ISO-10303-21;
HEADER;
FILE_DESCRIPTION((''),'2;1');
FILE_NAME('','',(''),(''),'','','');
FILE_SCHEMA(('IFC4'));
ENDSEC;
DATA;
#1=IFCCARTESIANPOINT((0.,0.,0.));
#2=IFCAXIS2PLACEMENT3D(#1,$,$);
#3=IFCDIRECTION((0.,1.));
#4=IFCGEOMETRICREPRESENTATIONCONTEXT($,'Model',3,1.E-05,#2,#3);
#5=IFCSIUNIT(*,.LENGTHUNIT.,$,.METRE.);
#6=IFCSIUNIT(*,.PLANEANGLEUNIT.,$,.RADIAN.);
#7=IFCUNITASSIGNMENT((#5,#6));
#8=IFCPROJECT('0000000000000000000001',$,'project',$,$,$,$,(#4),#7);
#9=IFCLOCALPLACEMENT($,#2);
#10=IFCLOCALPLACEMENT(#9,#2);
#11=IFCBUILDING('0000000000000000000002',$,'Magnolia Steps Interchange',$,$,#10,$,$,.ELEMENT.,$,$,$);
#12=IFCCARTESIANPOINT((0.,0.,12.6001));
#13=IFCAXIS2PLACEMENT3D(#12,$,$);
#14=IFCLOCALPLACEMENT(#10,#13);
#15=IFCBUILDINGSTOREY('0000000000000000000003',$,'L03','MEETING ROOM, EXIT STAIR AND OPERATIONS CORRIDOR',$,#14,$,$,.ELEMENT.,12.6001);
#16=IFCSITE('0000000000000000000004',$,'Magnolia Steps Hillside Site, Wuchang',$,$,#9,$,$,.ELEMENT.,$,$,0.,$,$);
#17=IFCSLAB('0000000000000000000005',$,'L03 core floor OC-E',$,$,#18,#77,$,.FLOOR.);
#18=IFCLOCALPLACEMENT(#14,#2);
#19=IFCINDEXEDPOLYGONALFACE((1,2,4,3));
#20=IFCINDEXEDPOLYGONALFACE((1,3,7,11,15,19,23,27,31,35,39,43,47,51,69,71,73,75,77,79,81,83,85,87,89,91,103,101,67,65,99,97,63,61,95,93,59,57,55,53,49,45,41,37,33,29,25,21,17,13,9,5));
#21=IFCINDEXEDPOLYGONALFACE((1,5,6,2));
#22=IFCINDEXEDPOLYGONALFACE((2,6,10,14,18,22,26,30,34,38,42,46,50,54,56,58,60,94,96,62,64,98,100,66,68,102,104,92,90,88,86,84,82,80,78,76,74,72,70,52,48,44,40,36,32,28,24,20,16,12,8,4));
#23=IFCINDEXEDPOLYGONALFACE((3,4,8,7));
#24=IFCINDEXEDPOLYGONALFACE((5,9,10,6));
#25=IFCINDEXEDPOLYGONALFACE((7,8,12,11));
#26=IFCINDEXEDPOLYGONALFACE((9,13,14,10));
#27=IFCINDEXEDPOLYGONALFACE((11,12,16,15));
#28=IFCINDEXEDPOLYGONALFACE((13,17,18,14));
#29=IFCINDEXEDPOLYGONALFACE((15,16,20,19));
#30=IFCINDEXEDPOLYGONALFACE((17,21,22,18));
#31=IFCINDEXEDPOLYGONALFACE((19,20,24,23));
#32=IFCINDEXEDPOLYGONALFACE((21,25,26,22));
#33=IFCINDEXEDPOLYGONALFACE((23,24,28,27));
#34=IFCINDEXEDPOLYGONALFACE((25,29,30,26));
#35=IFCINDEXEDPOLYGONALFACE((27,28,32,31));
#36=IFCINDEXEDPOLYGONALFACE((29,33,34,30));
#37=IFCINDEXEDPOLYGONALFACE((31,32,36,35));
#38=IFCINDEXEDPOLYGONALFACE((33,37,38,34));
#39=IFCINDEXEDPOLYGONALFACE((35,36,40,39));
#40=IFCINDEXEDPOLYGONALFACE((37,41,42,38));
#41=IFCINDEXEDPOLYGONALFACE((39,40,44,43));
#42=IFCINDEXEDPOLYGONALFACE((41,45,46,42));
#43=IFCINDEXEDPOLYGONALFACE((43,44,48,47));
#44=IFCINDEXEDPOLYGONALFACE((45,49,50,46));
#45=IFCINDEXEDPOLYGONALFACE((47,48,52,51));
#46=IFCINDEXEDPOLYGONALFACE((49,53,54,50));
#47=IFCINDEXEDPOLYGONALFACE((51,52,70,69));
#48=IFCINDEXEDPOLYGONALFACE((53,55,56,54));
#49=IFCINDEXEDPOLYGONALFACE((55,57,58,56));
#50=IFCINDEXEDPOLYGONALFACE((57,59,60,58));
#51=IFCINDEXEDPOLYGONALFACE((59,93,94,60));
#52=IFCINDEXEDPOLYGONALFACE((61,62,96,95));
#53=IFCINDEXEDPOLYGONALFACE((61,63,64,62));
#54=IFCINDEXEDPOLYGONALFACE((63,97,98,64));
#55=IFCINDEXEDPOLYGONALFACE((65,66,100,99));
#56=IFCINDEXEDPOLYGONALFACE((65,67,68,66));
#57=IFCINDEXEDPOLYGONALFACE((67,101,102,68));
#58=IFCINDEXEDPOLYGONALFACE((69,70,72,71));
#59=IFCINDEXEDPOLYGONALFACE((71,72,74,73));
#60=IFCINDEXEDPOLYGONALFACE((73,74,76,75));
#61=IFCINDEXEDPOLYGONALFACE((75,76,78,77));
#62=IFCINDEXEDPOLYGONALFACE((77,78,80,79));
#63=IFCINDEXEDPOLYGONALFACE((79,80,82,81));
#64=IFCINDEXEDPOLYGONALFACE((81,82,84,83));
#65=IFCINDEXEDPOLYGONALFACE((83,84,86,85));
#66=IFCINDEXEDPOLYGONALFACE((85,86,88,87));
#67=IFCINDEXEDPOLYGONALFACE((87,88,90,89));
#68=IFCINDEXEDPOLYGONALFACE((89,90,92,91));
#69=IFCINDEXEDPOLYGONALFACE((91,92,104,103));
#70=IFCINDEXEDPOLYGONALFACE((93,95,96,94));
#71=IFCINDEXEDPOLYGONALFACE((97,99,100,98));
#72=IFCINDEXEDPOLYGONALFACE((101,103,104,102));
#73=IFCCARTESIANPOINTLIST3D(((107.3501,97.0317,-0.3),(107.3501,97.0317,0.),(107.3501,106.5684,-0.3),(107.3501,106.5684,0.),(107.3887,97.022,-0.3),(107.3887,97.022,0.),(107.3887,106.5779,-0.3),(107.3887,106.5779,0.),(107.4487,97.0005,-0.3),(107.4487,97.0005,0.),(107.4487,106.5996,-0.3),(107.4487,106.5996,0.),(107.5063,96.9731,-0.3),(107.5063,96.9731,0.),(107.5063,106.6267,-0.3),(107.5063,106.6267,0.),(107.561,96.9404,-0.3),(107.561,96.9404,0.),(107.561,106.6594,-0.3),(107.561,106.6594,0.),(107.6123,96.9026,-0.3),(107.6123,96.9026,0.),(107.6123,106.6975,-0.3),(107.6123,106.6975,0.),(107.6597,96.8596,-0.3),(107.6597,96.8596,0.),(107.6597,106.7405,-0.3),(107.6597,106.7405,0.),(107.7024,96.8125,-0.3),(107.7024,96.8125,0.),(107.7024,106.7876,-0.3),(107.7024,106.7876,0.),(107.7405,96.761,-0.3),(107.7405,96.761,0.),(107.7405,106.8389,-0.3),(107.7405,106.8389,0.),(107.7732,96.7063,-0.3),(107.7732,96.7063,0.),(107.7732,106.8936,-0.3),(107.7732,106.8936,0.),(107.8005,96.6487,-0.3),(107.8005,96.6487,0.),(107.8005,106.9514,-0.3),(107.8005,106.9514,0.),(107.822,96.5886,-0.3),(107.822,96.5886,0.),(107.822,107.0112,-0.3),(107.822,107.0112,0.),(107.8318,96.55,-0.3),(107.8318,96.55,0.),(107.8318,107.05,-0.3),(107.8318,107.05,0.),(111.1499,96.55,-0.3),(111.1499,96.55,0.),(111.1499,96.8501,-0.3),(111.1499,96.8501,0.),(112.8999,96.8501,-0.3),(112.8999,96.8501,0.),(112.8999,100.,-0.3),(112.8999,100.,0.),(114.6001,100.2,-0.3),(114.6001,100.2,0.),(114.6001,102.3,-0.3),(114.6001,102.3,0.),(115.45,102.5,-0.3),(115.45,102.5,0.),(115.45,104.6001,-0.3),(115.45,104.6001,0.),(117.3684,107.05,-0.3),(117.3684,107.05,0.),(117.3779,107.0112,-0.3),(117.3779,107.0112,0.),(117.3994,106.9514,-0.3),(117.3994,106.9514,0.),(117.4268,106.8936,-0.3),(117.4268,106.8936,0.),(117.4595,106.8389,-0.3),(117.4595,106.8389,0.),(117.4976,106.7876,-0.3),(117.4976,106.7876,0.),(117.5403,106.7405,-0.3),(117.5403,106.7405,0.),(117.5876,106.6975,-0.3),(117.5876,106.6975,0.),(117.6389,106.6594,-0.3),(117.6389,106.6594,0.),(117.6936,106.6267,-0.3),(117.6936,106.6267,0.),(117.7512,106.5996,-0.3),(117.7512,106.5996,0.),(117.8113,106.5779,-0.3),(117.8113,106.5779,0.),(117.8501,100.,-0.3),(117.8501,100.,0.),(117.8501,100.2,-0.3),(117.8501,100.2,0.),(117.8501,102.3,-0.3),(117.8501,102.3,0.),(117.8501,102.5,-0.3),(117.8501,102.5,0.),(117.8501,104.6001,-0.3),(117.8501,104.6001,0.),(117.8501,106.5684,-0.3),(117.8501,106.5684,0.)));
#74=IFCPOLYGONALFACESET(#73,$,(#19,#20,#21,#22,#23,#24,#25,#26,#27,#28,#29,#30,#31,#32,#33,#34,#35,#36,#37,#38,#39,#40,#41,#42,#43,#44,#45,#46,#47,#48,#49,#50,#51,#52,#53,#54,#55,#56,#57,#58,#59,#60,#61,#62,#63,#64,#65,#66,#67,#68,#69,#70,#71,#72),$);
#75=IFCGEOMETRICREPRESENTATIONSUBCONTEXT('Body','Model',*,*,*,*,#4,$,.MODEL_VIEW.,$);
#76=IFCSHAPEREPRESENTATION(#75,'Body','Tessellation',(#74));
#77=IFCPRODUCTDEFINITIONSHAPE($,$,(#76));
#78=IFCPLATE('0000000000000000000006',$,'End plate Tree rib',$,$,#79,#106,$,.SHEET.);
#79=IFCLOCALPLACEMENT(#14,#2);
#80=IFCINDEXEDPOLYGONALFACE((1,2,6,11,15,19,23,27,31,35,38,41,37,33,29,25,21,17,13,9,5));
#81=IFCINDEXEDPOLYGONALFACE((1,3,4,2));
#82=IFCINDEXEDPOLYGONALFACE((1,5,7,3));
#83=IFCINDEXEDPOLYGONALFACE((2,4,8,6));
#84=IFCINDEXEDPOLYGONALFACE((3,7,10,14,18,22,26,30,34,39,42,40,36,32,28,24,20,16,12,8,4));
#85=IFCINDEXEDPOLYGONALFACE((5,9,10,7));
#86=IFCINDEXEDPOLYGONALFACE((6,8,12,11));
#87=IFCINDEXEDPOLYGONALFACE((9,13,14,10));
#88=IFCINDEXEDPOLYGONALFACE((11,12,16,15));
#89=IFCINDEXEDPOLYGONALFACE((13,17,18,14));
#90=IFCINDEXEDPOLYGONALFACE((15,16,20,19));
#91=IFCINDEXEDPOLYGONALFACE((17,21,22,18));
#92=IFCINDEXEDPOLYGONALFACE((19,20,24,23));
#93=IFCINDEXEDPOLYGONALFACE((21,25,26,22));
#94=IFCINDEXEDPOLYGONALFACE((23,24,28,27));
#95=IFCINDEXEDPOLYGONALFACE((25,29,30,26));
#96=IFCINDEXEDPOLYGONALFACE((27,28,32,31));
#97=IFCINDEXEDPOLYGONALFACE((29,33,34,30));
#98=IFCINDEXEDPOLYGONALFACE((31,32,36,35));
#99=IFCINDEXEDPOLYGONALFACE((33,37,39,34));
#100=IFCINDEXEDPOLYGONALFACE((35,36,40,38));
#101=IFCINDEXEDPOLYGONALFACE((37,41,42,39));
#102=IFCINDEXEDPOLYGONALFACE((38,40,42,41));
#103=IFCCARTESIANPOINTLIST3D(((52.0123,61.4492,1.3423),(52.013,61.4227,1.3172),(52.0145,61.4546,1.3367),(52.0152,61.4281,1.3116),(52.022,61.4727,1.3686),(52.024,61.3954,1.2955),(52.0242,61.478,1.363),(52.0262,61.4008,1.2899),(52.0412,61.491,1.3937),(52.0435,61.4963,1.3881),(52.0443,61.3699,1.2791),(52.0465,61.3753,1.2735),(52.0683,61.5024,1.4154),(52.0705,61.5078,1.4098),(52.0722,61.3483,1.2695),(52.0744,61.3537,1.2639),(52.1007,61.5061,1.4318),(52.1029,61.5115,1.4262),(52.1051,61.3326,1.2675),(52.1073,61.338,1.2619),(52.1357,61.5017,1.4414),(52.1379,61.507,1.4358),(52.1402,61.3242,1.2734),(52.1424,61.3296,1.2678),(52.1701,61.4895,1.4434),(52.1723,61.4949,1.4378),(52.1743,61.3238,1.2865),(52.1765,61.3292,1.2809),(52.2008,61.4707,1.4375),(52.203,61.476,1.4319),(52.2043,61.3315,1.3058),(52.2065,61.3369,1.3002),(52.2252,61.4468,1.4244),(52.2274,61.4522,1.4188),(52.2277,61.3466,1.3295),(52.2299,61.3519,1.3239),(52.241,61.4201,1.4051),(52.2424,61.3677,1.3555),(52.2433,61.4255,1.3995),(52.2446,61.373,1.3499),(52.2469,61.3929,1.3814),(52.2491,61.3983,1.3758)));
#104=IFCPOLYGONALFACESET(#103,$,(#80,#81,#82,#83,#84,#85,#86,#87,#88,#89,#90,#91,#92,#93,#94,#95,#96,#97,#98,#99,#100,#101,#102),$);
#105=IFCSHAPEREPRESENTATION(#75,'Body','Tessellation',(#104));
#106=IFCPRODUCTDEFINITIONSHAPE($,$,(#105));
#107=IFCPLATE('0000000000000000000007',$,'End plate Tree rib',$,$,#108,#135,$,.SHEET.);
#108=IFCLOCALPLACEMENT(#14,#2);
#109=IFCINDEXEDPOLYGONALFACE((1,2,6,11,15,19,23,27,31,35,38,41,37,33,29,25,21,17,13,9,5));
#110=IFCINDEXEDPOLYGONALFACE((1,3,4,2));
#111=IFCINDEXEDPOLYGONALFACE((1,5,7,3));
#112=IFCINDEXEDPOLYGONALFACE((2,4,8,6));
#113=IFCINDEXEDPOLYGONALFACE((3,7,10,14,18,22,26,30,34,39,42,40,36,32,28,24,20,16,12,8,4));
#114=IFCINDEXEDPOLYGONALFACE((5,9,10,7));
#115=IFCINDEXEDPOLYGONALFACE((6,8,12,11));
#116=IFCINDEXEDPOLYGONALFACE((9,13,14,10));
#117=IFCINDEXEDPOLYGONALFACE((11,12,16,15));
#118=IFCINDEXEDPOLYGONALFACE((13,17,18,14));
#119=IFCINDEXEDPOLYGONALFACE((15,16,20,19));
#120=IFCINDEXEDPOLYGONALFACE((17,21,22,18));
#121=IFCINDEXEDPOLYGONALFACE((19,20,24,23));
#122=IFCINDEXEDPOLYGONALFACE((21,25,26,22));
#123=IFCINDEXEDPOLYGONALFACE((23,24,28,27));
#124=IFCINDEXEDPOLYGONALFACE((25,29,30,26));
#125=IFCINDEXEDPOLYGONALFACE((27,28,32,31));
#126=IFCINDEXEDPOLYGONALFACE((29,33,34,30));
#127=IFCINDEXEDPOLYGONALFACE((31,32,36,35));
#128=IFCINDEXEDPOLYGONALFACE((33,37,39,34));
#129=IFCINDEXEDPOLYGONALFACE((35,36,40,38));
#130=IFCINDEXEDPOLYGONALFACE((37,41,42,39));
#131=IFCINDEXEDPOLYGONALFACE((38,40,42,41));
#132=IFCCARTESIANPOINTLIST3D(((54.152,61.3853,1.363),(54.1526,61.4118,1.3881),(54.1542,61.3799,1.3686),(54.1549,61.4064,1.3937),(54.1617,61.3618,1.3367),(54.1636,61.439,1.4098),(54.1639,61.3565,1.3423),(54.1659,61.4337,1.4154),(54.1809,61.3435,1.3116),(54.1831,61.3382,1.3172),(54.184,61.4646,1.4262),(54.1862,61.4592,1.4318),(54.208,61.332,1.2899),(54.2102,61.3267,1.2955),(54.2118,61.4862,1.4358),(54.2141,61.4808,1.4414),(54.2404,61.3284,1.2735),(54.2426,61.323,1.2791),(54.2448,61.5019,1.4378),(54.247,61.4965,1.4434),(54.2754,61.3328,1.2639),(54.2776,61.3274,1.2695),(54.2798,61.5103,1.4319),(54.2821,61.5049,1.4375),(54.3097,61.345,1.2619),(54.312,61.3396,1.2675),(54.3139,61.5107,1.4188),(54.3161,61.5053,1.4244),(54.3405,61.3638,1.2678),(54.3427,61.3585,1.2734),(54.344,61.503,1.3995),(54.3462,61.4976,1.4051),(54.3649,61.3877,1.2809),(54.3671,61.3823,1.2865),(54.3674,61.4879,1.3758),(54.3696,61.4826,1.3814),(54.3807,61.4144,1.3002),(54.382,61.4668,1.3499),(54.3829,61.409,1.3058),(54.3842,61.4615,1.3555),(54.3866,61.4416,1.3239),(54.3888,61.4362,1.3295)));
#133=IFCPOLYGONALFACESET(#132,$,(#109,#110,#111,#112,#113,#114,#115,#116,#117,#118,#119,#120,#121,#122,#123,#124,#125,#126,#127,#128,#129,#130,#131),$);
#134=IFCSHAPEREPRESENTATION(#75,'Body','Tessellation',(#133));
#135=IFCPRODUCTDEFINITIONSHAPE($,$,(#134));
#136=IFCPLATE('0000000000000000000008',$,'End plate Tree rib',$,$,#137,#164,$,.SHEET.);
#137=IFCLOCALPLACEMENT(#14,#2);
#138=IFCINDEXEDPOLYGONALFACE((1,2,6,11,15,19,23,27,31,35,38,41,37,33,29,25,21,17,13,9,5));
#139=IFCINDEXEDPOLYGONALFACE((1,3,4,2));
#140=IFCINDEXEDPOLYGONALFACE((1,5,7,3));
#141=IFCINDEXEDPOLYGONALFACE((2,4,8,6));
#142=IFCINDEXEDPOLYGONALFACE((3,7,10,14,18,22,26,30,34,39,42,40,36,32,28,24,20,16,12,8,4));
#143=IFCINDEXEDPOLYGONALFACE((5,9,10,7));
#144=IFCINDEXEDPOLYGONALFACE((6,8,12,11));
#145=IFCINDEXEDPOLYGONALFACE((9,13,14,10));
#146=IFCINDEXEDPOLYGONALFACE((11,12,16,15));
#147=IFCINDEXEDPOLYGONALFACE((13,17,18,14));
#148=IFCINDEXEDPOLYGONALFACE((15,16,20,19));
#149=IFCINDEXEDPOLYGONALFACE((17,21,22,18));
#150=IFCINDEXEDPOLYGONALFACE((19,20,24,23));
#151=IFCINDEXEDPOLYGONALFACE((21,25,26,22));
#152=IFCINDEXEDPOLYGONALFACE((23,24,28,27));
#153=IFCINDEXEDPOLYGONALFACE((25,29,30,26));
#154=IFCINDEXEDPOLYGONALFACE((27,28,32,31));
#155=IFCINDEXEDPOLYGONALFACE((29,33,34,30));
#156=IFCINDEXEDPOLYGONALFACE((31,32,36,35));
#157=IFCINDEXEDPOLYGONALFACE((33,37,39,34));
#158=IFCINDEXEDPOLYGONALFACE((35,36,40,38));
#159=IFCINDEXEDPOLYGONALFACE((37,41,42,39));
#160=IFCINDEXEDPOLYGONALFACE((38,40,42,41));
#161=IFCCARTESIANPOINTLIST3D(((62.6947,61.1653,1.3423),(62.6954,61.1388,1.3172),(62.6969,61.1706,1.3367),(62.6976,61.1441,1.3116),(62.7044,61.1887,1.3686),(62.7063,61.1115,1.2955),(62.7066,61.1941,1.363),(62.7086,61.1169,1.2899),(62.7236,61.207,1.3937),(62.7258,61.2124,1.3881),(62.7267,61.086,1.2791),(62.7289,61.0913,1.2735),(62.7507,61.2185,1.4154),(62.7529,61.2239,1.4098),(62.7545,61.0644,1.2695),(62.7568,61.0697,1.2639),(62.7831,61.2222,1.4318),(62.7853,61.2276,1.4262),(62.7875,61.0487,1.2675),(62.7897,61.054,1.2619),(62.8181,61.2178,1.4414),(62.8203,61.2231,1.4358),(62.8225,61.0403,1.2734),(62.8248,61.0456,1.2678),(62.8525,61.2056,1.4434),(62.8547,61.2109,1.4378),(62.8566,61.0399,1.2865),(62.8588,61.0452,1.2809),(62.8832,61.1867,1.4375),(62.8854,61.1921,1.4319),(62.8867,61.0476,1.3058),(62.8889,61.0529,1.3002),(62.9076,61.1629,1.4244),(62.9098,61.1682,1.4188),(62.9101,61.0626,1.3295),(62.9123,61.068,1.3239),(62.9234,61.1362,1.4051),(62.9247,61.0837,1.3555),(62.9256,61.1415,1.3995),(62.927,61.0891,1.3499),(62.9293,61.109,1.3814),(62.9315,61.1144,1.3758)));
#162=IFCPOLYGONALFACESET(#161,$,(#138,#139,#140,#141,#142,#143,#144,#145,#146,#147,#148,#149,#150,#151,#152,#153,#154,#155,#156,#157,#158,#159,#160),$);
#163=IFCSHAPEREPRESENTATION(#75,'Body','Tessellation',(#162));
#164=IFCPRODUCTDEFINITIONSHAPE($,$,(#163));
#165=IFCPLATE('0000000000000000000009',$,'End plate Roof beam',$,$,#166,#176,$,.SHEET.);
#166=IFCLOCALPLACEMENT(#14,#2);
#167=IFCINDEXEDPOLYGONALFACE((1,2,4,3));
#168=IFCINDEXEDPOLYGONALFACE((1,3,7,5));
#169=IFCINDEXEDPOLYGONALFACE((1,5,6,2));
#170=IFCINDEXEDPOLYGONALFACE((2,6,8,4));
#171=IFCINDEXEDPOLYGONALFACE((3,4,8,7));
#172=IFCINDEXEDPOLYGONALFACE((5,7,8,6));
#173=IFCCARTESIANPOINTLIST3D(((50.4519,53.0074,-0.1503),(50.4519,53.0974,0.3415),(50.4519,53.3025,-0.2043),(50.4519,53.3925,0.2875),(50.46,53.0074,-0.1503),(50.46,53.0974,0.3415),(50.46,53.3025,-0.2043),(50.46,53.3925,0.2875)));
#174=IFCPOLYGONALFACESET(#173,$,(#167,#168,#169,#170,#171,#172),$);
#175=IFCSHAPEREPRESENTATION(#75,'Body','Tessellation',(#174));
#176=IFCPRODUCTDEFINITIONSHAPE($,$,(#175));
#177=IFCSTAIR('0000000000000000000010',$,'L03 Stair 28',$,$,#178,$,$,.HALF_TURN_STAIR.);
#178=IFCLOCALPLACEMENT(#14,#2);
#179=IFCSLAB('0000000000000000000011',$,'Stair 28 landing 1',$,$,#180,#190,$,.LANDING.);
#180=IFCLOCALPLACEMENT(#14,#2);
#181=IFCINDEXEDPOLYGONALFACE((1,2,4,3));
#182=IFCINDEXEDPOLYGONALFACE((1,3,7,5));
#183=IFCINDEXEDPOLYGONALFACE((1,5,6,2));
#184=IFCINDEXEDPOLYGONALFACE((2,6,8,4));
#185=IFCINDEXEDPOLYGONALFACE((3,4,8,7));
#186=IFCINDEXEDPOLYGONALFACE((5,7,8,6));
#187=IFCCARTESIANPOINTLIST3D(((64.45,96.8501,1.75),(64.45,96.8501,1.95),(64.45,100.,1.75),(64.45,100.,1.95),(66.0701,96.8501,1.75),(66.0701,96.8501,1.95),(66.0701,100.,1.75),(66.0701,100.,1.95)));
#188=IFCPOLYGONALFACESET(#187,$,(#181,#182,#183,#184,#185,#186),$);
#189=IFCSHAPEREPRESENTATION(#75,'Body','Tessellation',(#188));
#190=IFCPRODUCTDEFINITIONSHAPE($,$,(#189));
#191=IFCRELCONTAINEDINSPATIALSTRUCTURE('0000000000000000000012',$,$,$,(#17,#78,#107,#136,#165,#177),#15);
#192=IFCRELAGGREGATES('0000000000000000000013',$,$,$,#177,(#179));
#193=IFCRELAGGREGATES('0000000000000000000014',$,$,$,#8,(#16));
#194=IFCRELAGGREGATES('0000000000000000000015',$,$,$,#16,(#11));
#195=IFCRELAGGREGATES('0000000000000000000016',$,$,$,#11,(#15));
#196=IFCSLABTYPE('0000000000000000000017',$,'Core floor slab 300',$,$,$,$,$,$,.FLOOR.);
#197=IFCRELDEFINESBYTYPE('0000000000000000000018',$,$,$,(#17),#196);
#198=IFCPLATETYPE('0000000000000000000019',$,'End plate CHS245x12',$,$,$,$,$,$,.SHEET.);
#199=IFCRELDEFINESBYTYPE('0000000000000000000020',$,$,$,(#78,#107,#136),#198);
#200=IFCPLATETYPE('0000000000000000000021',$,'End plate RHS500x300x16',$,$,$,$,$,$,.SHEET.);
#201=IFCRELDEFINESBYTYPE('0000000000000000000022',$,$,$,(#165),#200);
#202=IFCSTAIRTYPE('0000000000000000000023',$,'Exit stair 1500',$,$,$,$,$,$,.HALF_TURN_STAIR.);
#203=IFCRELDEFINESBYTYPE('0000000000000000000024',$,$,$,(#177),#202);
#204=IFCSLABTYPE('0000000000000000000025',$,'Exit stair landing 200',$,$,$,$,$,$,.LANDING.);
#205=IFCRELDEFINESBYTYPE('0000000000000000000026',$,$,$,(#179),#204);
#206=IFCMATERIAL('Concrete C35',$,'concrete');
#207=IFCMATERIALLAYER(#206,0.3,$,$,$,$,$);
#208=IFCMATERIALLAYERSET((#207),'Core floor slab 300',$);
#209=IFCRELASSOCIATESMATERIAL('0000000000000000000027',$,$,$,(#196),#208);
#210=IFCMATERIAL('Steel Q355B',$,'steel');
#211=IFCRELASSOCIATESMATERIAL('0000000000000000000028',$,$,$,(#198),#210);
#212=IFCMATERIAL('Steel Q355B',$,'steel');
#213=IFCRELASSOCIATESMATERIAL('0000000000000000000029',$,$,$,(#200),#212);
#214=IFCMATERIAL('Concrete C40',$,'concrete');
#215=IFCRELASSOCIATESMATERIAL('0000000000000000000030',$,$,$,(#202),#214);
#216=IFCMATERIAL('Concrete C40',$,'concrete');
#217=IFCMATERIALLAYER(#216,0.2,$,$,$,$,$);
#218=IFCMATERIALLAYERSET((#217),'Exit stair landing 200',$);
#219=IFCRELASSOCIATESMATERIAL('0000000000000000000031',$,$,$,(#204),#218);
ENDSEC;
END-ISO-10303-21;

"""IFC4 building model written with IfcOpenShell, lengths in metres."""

from ifc_helpers import new_model, si_unit, direction, frame, origin, origin_2d, place, context, subcontext, project, spatial, polyline, rectangle, circle, outline, extrude, material, layer, layer_set, material_profile, profile_set, type_object, element, aggregate, save


model = new_model("IFC4")

# Units and contexts
model_context = context("Model", 3, precision=1e-05, world=origin(), true_north=direction((0.0, 1.0)))
body_context = subcontext(model_context, "Body", "Model", "MODEL_VIEW")
ifc_project = project(units=[si_unit("LENGTHUNIT", "METRE"), si_unit("PLANEANGLEUNIT", "RADIAN")], contexts=[model_context])

# Site, building, storey
site_placement = place(None, origin())
site = spatial("IfcSite", under=ifc_project, at=site_placement, Name="Magnolia Steps Hillside Site, Wuchang", CompositionType="ELEMENT", RefElevation=0.0)
building_placement = place(site_placement, origin())
building = spatial("IfcBuilding", under=site, at=building_placement, Name="Magnolia Steps Interchange", CompositionType="ELEMENT")
storey_placement = place(building_placement, frame((0.0, 0.0, 12.6001)))
storey = spatial("IfcBuildingStorey", under=building, at=storey_placement, Name="L03", Description="MEETING ROOM, EXIT STAIR AND OPERATIONS CORRIDOR", CompositionType="ELEMENT", Elevation=12.6001)

# Slab
ifc_material_1 = material(Name="Concrete C35", Category="concrete")
ifc_layer_1 = layer(ifc_material_1, 0.3)
ifc_layer_set_1 = layer_set([ifc_layer_1], Name="Core floor slab 300")
slab_type_1 = type_object("IfcSlabType", Name="Core floor slab 300", PredefinedType="FLOOR", material=ifc_layer_set_1)
slab_1_placement = place(storey_placement, frame((0.0, 0.0, -0.3)))
element("IfcSlab", 1, at=slab_1_placement, inside=storey, type_object=slab_type_1, Name="L03 core floor OC-E", PredefinedType="FLOOR", context=body_context, shape_type="SweptSolid", body=[
    extrude(outline(polyline([(107.3501, 106.5684), (107.3887, 106.5779), (107.4487, 106.5996), (107.5063, 106.6267), (107.561, 106.6594), (107.6123, 106.6975), (107.6597, 106.7405), (107.7024, 106.7876), (107.7405, 106.8389), (107.7732, 106.8936), (107.8005, 106.9514), (107.822, 107.0112), (107.8318, 107.05), (117.3684, 107.05), (117.3779, 107.0112), (117.3994, 106.9514), (117.4268, 106.8936), (117.4595, 106.8389), (117.4976, 106.7876), (117.5403, 106.7405), (117.5876, 106.6975), (117.6389, 106.6594), (117.6936, 106.6267), (117.7512, 106.5996), (117.8113, 106.5779), (117.8501, 106.5684), (117.8501, 104.6001), (115.45, 104.6001), (115.45, 102.5), (117.8501, 102.5), (117.8501, 102.3), (114.6001, 102.3), (114.6001, 100.2), (117.8501, 100.2), (117.8501, 100.0), (112.8999, 100.0), (112.8999, 96.8501), (111.1499, 96.8501), (111.1499, 96.55), (107.8318, 96.55), (107.822, 96.5886), (107.8005, 96.6487), (107.7732, 96.7063), (107.7405, 96.761), (107.7024, 96.8125), (107.6597, 96.8596), (107.6123, 96.9026), (107.561, 96.9404), (107.5063, 96.9731), (107.4487, 97.0005), (107.3887, 97.022), (107.3501, 97.0317), (107.3501, 106.5684)])), origin(), (0.0, 0.0, 1.0), 0.3),
])

# Plates
ifc_material_2 = material(Name="Steel Q355B", Category="steel")
ifc_material_profile_1 = material_profile(ifc_material_2, circle(Radius=0.1226, at=origin_2d()), Name="End plate CHS245x12")
ifc_profile_set_1 = profile_set([ifc_material_profile_1], Name="Steel Q355B")
plate_type_1 = type_object("IfcPlateType", Name="End plate CHS245x12", PredefinedType="SHEET", material=ifc_profile_set_1)
for number, where, z_axis, x_axis, name in (
    (2, (52.1313, 61.4199, 1.3499), (-0.275279, -0.664583, 0.694658), (0.92388, -0.382683, 0.0), "End plate Tree rib"),
    (3, (54.2688, 61.4199, 1.3499), (0.275279, -0.664583, 0.694658), (0.92388, 0.382683, 0.0), "End plate Tree rib"),
    (4, (62.8137, 61.136, 1.3499), (-0.275279, -0.664583, 0.694658), (0.92388, -0.382683, 0.0), "End plate Tree rib"),
):
    element("IfcPlate", number, at=place(storey_placement, frame(where, z_axis=z_axis, x_axis=x_axis)), inside=storey, type_object=plate_type_1, Name=name, PredefinedType="SHEET", context=body_context, shape_type="SweptSolid", body=[
        extrude(circle(Radius=0.1226, at=origin_2d()), origin(), (0.0, 0.0, 1.0), 0.0081),
    ])
ifc_material_3 = material(Name="Steel Q355B", Category="steel")
ifc_material_profile_2 = material_profile(ifc_material_3, rectangle(XDim=0.3, YDim=0.5, at=origin_2d()), Name="End plate RHS500x300x16")
ifc_profile_set_2 = profile_set([ifc_material_profile_2], Name="Steel Q355B")
plate_type_2 = type_object("IfcPlateType", Name="End plate RHS500x300x16", PredefinedType="SHEET", material=ifc_profile_set_2)
plate_1_placement = place(storey_placement, frame((50.46, 53.2, 0.0686), z_axis=(-1.0, 0.0, 0.0), x_axis=(0.0, -0.983677, 0.179941)))
element("IfcPlate", 5, at=plate_1_placement, inside=storey, type_object=plate_type_2, Name="End plate Roof beam", PredefinedType="SHEET", context=body_context, shape_type="SweptSolid", body=[
    extrude(rectangle(XDim=0.3, YDim=0.5, at=origin_2d()), origin(), (0.0, 0.0, 1.0), 0.0081),
])

# Stair, slab
ifc_material_4 = material(Name="Concrete C40", Category="concrete")
stair_type = type_object("IfcStairType", Name="Exit stair 1500", PredefinedType="HALF_TURN_STAIR", material=ifc_material_4)
stair_1_placement = place(storey_placement, origin())
stair_1 = element("IfcStair", 6, at=stair_1_placement, inside=storey, type_object=stair_type, Name="L03 Stair 28", PredefinedType="HALF_TURN_STAIR")
ifc_material_5 = material(Name="Concrete C40", Category="concrete")
ifc_layer_2 = layer(ifc_material_5, 0.2)
ifc_layer_set_2 = layer_set([ifc_layer_2], Name="Exit stair landing 200")
slab_type_2 = type_object("IfcSlabType", Name="Exit stair landing 200", PredefinedType="LANDING", material=ifc_layer_set_2)
slab_2_placement = place(storey_placement, frame((0.0, 0.0, 1.75)))
slab_2 = element("IfcSlab", 7, at=slab_2_placement, type_object=slab_type_2, Name="Stair 28 landing 1", PredefinedType="LANDING", context=body_context, shape_type="SweptSolid", body=[
    extrude(outline(polyline([(66.0701, 100.0), (64.45, 100.0), (64.45, 96.8501), (66.0701, 96.8501), (66.0701, 100.0)])), origin(), (0.0, 0.0, 1.0), 0.2),
])
aggregate(stair_1, [slab_2])

save(model, "model.ifc")
